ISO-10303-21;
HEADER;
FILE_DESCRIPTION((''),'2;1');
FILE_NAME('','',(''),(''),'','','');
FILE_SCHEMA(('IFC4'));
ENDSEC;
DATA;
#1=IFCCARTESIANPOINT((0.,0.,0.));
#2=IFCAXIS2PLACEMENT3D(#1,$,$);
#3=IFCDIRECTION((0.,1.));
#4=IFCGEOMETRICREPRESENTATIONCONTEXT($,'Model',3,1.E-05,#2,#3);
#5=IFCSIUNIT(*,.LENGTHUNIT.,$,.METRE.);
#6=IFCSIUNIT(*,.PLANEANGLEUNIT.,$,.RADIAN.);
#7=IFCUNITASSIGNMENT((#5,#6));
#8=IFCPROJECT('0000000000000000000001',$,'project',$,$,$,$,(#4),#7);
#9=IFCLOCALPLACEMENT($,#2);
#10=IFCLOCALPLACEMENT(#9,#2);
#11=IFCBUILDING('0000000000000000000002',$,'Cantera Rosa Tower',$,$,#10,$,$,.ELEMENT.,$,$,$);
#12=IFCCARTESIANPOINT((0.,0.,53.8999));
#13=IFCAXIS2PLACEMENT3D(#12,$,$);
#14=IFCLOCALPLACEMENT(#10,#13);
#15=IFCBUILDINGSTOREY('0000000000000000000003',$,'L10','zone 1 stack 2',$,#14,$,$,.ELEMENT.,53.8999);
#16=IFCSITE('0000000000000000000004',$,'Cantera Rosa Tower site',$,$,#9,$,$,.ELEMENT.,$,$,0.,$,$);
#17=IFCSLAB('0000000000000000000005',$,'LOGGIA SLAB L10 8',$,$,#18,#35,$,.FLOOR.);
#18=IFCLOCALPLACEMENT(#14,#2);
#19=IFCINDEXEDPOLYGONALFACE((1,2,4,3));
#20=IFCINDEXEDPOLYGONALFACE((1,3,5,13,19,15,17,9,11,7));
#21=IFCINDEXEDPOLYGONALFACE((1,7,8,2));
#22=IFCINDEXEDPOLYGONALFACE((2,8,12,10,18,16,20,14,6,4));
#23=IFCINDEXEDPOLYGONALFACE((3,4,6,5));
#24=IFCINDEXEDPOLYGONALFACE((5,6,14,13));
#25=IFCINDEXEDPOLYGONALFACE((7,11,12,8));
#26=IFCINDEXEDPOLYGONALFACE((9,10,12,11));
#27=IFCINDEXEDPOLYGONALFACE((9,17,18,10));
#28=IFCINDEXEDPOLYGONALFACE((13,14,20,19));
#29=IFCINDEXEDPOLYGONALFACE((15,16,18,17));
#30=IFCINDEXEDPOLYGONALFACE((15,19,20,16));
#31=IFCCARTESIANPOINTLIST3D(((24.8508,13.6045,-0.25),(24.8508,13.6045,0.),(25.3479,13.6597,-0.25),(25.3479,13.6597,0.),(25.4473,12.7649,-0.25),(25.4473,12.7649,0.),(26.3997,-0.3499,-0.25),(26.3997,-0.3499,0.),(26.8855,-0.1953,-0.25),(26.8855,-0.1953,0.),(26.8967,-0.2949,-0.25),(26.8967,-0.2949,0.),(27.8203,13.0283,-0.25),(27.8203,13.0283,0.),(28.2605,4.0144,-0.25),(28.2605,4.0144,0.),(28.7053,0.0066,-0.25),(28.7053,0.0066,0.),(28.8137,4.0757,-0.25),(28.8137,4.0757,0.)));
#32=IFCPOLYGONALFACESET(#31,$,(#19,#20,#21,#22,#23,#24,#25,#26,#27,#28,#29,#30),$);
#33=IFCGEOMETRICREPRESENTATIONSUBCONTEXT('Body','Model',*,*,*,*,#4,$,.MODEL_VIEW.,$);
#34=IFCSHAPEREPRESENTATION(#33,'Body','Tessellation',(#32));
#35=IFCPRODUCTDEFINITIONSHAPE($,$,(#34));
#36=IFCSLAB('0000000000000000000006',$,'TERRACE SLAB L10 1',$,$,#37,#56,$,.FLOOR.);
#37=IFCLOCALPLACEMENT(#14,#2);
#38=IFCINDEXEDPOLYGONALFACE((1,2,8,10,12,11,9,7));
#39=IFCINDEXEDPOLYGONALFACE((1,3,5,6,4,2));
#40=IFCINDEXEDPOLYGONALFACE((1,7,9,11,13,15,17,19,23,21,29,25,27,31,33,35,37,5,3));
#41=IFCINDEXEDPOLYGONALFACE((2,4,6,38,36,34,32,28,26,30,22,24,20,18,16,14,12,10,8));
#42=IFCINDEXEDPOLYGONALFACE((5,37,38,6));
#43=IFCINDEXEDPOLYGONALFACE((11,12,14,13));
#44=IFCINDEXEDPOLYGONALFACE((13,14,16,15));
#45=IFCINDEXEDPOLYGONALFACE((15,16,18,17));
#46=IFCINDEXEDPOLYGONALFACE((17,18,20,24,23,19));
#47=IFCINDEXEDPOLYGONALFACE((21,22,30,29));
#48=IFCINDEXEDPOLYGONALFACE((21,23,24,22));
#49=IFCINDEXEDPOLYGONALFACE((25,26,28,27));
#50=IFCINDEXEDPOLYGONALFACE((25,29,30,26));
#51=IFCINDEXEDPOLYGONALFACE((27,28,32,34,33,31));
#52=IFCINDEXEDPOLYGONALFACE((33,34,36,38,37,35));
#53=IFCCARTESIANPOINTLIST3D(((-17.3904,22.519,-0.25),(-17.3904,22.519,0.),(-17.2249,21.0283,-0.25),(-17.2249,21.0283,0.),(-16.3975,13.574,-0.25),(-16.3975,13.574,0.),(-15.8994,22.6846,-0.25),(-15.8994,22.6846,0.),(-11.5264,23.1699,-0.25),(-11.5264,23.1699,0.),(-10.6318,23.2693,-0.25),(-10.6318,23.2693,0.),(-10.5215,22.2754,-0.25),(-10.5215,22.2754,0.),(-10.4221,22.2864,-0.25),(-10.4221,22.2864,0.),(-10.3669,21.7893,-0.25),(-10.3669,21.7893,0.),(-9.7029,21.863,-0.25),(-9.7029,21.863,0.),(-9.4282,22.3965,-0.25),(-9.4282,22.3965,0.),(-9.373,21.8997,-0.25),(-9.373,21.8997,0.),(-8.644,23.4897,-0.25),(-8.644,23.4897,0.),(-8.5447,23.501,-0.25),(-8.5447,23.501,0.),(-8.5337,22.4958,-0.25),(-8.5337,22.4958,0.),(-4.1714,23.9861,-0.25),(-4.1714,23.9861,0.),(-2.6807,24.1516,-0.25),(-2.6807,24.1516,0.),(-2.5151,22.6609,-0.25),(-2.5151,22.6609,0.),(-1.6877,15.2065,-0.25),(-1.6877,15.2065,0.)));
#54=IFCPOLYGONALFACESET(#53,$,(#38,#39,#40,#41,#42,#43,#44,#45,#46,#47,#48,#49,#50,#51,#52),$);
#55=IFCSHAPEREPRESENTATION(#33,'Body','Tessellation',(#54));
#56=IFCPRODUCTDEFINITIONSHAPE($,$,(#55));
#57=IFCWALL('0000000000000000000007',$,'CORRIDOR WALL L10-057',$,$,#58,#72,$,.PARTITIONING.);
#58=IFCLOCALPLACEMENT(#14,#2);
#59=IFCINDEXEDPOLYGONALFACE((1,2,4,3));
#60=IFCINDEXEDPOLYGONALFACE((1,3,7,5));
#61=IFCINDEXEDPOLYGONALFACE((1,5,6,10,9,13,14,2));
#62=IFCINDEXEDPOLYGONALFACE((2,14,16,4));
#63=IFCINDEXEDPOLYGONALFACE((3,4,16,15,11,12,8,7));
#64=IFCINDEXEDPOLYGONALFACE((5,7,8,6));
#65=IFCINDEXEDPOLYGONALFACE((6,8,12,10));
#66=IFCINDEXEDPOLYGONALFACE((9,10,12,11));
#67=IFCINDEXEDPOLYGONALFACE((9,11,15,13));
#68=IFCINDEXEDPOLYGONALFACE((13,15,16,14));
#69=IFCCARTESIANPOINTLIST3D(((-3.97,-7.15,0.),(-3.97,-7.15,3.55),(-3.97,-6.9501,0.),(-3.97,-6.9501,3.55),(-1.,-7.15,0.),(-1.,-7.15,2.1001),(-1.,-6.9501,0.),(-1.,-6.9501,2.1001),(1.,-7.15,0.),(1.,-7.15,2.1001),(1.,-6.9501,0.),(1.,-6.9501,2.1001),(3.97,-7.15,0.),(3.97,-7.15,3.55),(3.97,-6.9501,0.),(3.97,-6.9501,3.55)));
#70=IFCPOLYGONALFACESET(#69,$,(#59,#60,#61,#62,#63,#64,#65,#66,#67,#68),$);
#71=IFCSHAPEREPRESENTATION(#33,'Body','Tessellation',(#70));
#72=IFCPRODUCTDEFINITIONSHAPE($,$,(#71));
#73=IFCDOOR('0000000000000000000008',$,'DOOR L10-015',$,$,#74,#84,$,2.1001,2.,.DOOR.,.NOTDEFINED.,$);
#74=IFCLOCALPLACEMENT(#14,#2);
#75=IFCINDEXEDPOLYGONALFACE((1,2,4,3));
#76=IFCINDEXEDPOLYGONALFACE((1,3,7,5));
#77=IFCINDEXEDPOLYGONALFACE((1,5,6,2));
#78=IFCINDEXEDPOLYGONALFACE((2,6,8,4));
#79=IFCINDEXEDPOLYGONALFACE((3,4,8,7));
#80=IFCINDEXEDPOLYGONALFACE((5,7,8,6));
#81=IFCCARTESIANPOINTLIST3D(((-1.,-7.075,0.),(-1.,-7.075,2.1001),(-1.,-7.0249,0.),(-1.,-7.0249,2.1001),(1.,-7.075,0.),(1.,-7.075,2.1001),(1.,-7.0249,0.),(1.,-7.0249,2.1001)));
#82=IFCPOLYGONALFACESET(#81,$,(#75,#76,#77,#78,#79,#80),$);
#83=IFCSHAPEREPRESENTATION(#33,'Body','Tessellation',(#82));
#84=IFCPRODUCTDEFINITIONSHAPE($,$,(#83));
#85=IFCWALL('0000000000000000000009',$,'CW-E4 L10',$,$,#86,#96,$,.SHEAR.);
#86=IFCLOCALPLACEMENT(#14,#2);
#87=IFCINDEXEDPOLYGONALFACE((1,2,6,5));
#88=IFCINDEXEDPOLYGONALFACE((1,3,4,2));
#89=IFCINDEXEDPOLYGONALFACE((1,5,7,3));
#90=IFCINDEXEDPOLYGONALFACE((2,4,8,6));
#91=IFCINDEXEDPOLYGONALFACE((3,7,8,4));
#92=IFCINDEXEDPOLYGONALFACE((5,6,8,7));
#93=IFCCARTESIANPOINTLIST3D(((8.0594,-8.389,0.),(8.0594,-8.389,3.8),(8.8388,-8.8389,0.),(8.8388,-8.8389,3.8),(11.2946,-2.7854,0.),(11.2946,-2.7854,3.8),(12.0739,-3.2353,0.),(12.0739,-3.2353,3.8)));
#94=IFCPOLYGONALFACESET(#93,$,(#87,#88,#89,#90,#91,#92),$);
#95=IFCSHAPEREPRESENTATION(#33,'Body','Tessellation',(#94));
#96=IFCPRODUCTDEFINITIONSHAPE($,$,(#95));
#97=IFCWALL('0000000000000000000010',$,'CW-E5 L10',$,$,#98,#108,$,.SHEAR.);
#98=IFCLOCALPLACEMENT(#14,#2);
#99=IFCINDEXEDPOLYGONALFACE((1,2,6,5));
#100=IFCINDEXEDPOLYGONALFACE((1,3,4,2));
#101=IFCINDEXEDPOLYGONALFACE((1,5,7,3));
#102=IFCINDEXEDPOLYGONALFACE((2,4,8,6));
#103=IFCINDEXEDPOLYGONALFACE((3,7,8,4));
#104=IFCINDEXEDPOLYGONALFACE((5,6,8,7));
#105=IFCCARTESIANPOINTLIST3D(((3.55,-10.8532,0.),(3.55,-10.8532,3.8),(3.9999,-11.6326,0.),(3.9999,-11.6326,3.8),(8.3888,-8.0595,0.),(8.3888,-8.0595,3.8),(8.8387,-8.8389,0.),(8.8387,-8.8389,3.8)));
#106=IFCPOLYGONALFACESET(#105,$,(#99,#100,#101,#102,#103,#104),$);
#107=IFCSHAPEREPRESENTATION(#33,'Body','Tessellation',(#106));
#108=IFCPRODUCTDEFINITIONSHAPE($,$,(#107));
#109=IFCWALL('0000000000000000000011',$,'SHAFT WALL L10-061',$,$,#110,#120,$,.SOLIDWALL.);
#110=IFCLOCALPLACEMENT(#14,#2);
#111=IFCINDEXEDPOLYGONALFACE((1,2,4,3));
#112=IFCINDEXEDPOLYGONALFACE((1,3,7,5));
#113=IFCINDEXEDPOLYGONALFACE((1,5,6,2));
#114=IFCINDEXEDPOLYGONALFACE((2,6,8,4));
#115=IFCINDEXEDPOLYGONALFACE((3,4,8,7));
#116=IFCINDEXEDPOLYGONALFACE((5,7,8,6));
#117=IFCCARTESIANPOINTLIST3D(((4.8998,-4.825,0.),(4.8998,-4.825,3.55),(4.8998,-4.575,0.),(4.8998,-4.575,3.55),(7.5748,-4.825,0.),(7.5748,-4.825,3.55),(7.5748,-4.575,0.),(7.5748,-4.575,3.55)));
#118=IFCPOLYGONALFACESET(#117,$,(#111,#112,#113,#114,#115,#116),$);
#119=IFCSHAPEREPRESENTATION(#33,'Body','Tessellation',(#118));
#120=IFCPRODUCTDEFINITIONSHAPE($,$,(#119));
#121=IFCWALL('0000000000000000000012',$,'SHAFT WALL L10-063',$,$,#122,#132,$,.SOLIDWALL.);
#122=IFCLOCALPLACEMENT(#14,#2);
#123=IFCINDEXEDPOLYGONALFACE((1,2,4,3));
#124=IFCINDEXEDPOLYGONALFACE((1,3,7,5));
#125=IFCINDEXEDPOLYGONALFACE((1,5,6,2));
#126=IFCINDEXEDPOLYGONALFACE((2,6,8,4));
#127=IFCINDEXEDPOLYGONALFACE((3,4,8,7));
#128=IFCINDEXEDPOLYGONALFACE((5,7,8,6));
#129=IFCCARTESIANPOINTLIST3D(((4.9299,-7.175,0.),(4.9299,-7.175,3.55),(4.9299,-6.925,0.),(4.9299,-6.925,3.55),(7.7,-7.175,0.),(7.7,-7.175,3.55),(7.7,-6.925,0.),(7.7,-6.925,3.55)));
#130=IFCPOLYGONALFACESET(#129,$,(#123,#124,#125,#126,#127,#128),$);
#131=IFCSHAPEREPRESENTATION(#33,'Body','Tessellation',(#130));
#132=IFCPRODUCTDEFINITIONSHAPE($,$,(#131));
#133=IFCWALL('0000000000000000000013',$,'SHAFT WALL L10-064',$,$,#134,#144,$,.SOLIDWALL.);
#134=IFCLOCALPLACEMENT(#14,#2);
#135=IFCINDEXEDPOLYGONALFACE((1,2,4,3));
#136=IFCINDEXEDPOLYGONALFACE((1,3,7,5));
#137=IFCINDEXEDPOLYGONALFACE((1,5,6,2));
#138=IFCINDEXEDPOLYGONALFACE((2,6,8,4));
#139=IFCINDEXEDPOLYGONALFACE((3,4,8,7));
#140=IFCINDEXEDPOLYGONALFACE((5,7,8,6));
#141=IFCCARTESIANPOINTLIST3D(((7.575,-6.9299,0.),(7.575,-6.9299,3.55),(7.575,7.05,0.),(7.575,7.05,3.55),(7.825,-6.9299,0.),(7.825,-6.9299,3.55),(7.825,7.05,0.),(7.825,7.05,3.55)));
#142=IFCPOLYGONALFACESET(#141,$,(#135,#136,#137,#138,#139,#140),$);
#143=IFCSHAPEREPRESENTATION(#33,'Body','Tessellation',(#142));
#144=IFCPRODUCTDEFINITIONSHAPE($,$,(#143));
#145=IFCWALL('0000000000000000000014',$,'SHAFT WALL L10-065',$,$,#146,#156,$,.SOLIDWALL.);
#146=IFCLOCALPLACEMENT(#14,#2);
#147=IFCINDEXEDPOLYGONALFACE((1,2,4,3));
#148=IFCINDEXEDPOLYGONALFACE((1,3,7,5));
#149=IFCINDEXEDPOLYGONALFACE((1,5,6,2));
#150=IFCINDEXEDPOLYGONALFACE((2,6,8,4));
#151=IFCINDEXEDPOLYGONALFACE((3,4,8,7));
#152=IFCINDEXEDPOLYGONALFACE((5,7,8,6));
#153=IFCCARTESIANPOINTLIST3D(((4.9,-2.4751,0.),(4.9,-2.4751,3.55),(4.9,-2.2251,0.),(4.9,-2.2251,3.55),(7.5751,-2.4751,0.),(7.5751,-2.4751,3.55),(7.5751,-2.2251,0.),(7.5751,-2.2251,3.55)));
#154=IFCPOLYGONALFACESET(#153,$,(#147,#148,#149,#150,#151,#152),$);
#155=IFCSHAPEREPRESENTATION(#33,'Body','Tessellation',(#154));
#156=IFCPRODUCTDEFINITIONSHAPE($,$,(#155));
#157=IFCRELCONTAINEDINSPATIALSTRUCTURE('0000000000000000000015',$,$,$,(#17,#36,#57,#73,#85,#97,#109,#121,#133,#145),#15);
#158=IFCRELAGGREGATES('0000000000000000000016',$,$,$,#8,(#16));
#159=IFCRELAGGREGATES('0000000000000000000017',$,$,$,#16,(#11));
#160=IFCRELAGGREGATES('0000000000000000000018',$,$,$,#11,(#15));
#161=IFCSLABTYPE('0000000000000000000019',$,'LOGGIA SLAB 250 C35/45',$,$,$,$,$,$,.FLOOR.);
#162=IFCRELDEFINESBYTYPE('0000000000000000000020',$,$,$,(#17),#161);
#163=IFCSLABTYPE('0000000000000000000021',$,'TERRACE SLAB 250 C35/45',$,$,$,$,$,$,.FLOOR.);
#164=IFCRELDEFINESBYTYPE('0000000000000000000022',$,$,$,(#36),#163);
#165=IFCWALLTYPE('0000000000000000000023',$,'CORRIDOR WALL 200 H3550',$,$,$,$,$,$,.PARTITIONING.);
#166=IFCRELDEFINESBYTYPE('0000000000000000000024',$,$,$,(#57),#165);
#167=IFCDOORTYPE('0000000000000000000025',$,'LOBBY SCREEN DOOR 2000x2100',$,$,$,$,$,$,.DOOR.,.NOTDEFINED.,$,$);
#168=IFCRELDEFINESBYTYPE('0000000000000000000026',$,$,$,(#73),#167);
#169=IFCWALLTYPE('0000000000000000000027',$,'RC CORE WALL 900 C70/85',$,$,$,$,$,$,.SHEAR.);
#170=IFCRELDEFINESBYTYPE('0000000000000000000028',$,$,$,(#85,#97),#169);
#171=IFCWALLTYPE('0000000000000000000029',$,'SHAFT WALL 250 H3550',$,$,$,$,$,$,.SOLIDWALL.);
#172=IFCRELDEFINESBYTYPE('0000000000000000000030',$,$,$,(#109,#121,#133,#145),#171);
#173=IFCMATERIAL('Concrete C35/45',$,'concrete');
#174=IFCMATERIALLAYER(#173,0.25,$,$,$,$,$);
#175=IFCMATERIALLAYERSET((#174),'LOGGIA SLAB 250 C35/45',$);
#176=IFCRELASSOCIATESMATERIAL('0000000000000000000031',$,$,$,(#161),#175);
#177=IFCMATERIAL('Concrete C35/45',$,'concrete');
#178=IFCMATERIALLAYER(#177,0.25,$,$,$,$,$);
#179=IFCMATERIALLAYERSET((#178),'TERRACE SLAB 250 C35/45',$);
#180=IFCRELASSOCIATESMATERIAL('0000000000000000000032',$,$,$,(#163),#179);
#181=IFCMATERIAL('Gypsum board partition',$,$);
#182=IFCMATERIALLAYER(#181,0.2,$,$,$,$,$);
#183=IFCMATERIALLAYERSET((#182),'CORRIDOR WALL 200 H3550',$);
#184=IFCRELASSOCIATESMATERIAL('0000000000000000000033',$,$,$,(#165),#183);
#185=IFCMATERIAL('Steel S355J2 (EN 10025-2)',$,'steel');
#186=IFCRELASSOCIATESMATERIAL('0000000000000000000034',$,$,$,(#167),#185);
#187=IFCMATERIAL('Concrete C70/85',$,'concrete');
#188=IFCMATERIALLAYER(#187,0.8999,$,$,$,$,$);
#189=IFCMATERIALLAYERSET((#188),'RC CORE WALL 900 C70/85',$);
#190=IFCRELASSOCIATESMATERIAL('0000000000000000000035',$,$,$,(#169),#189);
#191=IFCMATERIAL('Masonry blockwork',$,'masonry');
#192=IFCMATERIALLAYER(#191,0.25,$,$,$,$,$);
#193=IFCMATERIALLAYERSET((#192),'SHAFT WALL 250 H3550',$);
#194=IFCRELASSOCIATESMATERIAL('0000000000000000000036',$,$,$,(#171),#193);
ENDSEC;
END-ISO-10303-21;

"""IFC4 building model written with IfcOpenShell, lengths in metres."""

from ifc_helpers import new_model, si_unit, direction, frame, frame_2d, origin, place, context, subcontext, project, spatial, polyline, rectangle, outline, extrude, material, layer, layer_set, type_object, element, fill, save


model = new_model("IFC4")

# Units and contexts
model_context = context("Model", 3, precision=1e-05, world=origin(), true_north=direction((0.0, 1.0)))
body_context = subcontext(model_context, "Body", "Model", "MODEL_VIEW")
ifc_project = project(units=[si_unit("LENGTHUNIT", "METRE"), si_unit("PLANEANGLEUNIT", "RADIAN")], contexts=[model_context])

# Site, building, storey
site_placement = place(None, origin())
site = spatial("IfcSite", under=ifc_project, at=site_placement, Name="Cantera Rosa Tower site", CompositionType="ELEMENT", RefElevation=0.0)
building_placement = place(site_placement, origin())
building = spatial("IfcBuilding", under=site, at=building_placement, Name="Cantera Rosa Tower", CompositionType="ELEMENT")
storey_placement = place(building_placement, frame((0.0, 0.0, 53.8999)))
storey = spatial("IfcBuildingStorey", under=building, at=storey_placement, Name="L10", Description="zone 1 stack 2", CompositionType="ELEMENT", Elevation=53.8999)

# Slabs
ifc_material_1 = material(Name="Concrete C35/45", Category="concrete")
ifc_layer_1 = layer(ifc_material_1, 0.25)
ifc_layer_set_1 = layer_set([ifc_layer_1], Name="LOGGIA SLAB 250 C35/45")
slab_type_1 = type_object("IfcSlabType", Name="LOGGIA SLAB 250 C35/45", PredefinedType="FLOOR", material=ifc_layer_set_1)
slab_1_placement = place(storey_placement, frame((0.0, 0.0, -0.25)))
element("IfcSlab", 1, at=slab_1_placement, inside=storey, type_object=slab_type_1, Name="LOGGIA SLAB L10 8", PredefinedType="FLOOR", context=body_context, shape_type="SweptSolid", body=[
    extrude(outline(polyline([(26.3997, -0.3499), (24.8508, 13.6045), (25.3479, 13.6597), (25.4473, 12.7649), (27.8203, 13.0283), (28.8137, 4.0757), (28.2605, 4.0144), (28.7053, 0.0066), (26.8855, -0.1953), (26.8967, -0.2949), (26.3997, -0.3499)])), origin(), (0.0, 0.0, 1.0), 0.25),
])
ifc_material_2 = material(Name="Concrete C35/45", Category="concrete")
ifc_layer_2 = layer(ifc_material_2, 0.25)
ifc_layer_set_2 = layer_set([ifc_layer_2], Name="TERRACE SLAB 250 C35/45")
slab_type_2 = type_object("IfcSlabType", Name="TERRACE SLAB 250 C35/45", PredefinedType="FLOOR", material=ifc_layer_set_2)
slab_2_placement = place(storey_placement, frame((0.0, 0.0, -0.25)))
element("IfcSlab", 2, at=slab_2_placement, inside=storey, type_object=slab_type_2, Name="TERRACE SLAB L10 1", PredefinedType="FLOOR", context=body_context, shape_type="SweptSolid", body=[
    extrude(outline(polyline([(-9.373, 21.8997), (-9.4282, 22.3965), (-8.5337, 22.4958), (-8.644, 23.4897), (-8.5447, 23.501), (-4.1714, 23.9861), (-2.6807, 24.1516), (-2.5151, 22.6609), (-1.6877, 15.2065), (-16.3975, 13.574), (-17.2249, 21.0283), (-17.3904, 22.519), (-15.8994, 22.6846), (-11.5264, 23.1699), (-10.6318, 23.2693), (-10.5215, 22.2754), (-10.4221, 22.2864), (-10.3669, 21.7893), (-9.7029, 21.863), (-9.373, 21.8997)])), origin(), (0.0, 0.0, 1.0), 0.25),
])

# Wall, opening, door
ifc_material_3 = material(Name="Gypsum board partition")
ifc_layer_3 = layer(ifc_material_3, 0.2)
ifc_layer_set_3 = layer_set([ifc_layer_3], Name="CORRIDOR WALL 200 H3550")
wall_type_1 = type_object("IfcWallType", Name="CORRIDOR WALL 200 H3550", PredefinedType="PARTITIONING", material=ifc_layer_set_3)
wall_1_placement = place(storey_placement, frame((3.97, -7.05, 0.0), z_axis=(0.0, 0.0, 1.0), x_axis=(-1.0, 0.0, 0.0)))
wall_1 = element("IfcWall", 3, at=wall_1_placement, inside=storey, type_object=wall_type_1, Name="CORRIDOR WALL L10-057", PredefinedType="PARTITIONING", context=body_context, shape_type="SweptSolid", body=[
    extrude(rectangle(XDim=7.9399, YDim=0.2, at=frame_2d((3.97, 0.0))), origin(), (0.0, 0.0, 1.0), 3.55),
])
opening_1_placement = place(wall_1_placement, frame((2.97, 0.0, 0.0)))
opening_1 = element("IfcOpeningElement", 4, at=opening_1_placement, cuts=wall_1, PredefinedType="OPENING", context=body_context, shape_type="SweptSolid", body=[
    extrude(rectangle(XDim=2.0, YDim=2.1001, at=frame_2d((1.0, 1.05))), frame((0.0, 0.1099, 0.0), z_axis=(0.0, -1.0, 0.0), x_axis=(1.0, 0.0, 0.0)), (0.0, 0.0, 1.0), 0.22),
])
ifc_material_4 = material(Name="Steel S355J2 (EN 10025-2)", Category="steel")
door_type_1 = type_object("IfcDoorType", Name="LOBBY SCREEN DOOR 2000x2100", OperationType="NOTDEFINED", PredefinedType="DOOR", material=ifc_material_4)
door_1_placement = place(opening_1_placement, origin())
door_1 = element("IfcDoor", 5, at=door_1_placement, inside=storey, type_object=door_type_1, Name="DOOR L10-015", OperationType="NOTDEFINED", OverallHeight=2.1001, OverallWidth=2.0, PredefinedType="DOOR", context=body_context, shape_type="SweptSolid", body=[
    extrude(rectangle(XDim=2.0, YDim=2.1001, at=frame_2d((1.0, 1.05))), frame((0.0, 0.0249, 0.0), z_axis=(0.0, -1.0, 0.0), x_axis=(1.0, 0.0, 0.0)), (0.0, 0.0, 1.0), 0.05),
])
fill(opening_1, door_1)

# Walls
ifc_material_5 = material(Name="Concrete C70/85", Category="concrete")
ifc_layer_4 = layer(ifc_material_5, 0.8999)
ifc_layer_set_4 = layer_set([ifc_layer_4], Name="RC CORE WALL 900 C70/85")
wall_type_2 = type_object("IfcWallType", Name="RC CORE WALL 900 C70/85", PredefinedType="SHEAR", material=ifc_layer_set_4)
wall_2_placement = place(storey_placement, frame((11.6843, -3.0103, 0.0), z_axis=(0.0, 0.0, 1.0), x_axis=(-0.49999, -0.866031, 0.0)))
element("IfcWall", 6, at=wall_2_placement, inside=storey, type_object=wall_type_2, Name="CW-E4 L10", PredefinedType="SHEAR", context=body_context, shape_type="SweptSolid", body=[
    extrude(rectangle(XDim=6.4705, YDim=0.8999, at=frame_2d((3.2354, 0.0))), origin(), (0.0, 0.0, 1.0), 3.8),
])
wall_3_placement = place(storey_placement, frame((8.6138, -8.4492, 0.0), z_axis=(0.0, 0.0, 1.0), x_axis=(-0.866027, -0.499997, 0.0)))
element("IfcWall", 7, at=wall_3_placement, inside=storey, type_object=wall_type_2, Name="CW-E5 L10", PredefinedType="SHEAR", context=body_context, shape_type="SweptSolid", body=[
    extrude(rectangle(XDim=5.5874, YDim=0.8999, at=frame_2d((2.7937, 0.0))), origin(), (0.0, 0.0, 1.0), 3.8),
])
ifc_material_6 = material(Name="Masonry blockwork", Category="masonry")
ifc_layer_5 = layer(ifc_material_6, 0.25)
ifc_layer_set_5 = layer_set([ifc_layer_5], Name="SHAFT WALL 250 H3550")
wall_type_3 = type_object("IfcWallType", Name="SHAFT WALL 250 H3550", PredefinedType="SOLIDWALL", material=ifc_layer_set_5)
wall_4_placement = place(storey_placement, frame((4.8999, -4.7, 0.0), z_axis=(0.0, 0.0, 1.0), x_axis=(1.0, 0.0, 0.0)))
element("IfcWall", 8, at=wall_4_placement, inside=storey, type_object=wall_type_3, Name="SHAFT WALL L10-061", PredefinedType="SOLIDWALL", context=body_context, shape_type="SweptSolid", body=[
    extrude(rectangle(XDim=2.675, YDim=0.25, at=frame_2d((1.3374, 0.0))), origin(), (0.0, 0.0, 1.0), 3.55),
])
wall_5_placement = place(storey_placement, frame((4.9299, -7.05, 0.0), z_axis=(0.0, 0.0, 1.0), x_axis=(1.0, 0.0, 0.0)))
element("IfcWall", 9, at=wall_5_placement, inside=storey, type_object=wall_type_3, Name="SHAFT WALL L10-063", PredefinedType="SOLIDWALL", context=body_context, shape_type="SweptSolid", body=[
    extrude(rectangle(XDim=2.77, YDim=0.25, at=frame_2d((1.385, 0.0))), origin(), (0.0, 0.0, 1.0), 3.55),
])
wall_6_placement = place(storey_placement, frame((7.7, -6.9299, 0.0), z_axis=(0.0, 0.0, 1.0), x_axis=(0.0, 1.0, 0.0)))
element("IfcWall", 10, at=wall_6_placement, inside=storey, type_object=wall_type_3, Name="SHAFT WALL L10-064", PredefinedType="SOLIDWALL", context=body_context, shape_type="SweptSolid", body=[
    extrude(rectangle(XDim=13.98, YDim=0.25, at=frame_2d((6.99, 0.0))), origin(), (0.0, 0.0, 1.0), 3.55),
])
wall_7_placement = place(storey_placement, frame((7.575, -2.3501, 0.0), z_axis=(0.0, 0.0, 1.0), x_axis=(-1.0, 0.0, 0.0)))
element("IfcWall", 11, at=wall_7_placement, inside=storey, type_object=wall_type_3, Name="SHAFT WALL L10-065", PredefinedType="SOLIDWALL", context=body_context, shape_type="SweptSolid", body=[
    extrude(rectangle(XDim=2.675, YDim=0.25, at=frame_2d((1.3374, 0.0))), origin(), (0.0, 0.0, 1.0), 3.55),
])

save(model, "model.ifc")
